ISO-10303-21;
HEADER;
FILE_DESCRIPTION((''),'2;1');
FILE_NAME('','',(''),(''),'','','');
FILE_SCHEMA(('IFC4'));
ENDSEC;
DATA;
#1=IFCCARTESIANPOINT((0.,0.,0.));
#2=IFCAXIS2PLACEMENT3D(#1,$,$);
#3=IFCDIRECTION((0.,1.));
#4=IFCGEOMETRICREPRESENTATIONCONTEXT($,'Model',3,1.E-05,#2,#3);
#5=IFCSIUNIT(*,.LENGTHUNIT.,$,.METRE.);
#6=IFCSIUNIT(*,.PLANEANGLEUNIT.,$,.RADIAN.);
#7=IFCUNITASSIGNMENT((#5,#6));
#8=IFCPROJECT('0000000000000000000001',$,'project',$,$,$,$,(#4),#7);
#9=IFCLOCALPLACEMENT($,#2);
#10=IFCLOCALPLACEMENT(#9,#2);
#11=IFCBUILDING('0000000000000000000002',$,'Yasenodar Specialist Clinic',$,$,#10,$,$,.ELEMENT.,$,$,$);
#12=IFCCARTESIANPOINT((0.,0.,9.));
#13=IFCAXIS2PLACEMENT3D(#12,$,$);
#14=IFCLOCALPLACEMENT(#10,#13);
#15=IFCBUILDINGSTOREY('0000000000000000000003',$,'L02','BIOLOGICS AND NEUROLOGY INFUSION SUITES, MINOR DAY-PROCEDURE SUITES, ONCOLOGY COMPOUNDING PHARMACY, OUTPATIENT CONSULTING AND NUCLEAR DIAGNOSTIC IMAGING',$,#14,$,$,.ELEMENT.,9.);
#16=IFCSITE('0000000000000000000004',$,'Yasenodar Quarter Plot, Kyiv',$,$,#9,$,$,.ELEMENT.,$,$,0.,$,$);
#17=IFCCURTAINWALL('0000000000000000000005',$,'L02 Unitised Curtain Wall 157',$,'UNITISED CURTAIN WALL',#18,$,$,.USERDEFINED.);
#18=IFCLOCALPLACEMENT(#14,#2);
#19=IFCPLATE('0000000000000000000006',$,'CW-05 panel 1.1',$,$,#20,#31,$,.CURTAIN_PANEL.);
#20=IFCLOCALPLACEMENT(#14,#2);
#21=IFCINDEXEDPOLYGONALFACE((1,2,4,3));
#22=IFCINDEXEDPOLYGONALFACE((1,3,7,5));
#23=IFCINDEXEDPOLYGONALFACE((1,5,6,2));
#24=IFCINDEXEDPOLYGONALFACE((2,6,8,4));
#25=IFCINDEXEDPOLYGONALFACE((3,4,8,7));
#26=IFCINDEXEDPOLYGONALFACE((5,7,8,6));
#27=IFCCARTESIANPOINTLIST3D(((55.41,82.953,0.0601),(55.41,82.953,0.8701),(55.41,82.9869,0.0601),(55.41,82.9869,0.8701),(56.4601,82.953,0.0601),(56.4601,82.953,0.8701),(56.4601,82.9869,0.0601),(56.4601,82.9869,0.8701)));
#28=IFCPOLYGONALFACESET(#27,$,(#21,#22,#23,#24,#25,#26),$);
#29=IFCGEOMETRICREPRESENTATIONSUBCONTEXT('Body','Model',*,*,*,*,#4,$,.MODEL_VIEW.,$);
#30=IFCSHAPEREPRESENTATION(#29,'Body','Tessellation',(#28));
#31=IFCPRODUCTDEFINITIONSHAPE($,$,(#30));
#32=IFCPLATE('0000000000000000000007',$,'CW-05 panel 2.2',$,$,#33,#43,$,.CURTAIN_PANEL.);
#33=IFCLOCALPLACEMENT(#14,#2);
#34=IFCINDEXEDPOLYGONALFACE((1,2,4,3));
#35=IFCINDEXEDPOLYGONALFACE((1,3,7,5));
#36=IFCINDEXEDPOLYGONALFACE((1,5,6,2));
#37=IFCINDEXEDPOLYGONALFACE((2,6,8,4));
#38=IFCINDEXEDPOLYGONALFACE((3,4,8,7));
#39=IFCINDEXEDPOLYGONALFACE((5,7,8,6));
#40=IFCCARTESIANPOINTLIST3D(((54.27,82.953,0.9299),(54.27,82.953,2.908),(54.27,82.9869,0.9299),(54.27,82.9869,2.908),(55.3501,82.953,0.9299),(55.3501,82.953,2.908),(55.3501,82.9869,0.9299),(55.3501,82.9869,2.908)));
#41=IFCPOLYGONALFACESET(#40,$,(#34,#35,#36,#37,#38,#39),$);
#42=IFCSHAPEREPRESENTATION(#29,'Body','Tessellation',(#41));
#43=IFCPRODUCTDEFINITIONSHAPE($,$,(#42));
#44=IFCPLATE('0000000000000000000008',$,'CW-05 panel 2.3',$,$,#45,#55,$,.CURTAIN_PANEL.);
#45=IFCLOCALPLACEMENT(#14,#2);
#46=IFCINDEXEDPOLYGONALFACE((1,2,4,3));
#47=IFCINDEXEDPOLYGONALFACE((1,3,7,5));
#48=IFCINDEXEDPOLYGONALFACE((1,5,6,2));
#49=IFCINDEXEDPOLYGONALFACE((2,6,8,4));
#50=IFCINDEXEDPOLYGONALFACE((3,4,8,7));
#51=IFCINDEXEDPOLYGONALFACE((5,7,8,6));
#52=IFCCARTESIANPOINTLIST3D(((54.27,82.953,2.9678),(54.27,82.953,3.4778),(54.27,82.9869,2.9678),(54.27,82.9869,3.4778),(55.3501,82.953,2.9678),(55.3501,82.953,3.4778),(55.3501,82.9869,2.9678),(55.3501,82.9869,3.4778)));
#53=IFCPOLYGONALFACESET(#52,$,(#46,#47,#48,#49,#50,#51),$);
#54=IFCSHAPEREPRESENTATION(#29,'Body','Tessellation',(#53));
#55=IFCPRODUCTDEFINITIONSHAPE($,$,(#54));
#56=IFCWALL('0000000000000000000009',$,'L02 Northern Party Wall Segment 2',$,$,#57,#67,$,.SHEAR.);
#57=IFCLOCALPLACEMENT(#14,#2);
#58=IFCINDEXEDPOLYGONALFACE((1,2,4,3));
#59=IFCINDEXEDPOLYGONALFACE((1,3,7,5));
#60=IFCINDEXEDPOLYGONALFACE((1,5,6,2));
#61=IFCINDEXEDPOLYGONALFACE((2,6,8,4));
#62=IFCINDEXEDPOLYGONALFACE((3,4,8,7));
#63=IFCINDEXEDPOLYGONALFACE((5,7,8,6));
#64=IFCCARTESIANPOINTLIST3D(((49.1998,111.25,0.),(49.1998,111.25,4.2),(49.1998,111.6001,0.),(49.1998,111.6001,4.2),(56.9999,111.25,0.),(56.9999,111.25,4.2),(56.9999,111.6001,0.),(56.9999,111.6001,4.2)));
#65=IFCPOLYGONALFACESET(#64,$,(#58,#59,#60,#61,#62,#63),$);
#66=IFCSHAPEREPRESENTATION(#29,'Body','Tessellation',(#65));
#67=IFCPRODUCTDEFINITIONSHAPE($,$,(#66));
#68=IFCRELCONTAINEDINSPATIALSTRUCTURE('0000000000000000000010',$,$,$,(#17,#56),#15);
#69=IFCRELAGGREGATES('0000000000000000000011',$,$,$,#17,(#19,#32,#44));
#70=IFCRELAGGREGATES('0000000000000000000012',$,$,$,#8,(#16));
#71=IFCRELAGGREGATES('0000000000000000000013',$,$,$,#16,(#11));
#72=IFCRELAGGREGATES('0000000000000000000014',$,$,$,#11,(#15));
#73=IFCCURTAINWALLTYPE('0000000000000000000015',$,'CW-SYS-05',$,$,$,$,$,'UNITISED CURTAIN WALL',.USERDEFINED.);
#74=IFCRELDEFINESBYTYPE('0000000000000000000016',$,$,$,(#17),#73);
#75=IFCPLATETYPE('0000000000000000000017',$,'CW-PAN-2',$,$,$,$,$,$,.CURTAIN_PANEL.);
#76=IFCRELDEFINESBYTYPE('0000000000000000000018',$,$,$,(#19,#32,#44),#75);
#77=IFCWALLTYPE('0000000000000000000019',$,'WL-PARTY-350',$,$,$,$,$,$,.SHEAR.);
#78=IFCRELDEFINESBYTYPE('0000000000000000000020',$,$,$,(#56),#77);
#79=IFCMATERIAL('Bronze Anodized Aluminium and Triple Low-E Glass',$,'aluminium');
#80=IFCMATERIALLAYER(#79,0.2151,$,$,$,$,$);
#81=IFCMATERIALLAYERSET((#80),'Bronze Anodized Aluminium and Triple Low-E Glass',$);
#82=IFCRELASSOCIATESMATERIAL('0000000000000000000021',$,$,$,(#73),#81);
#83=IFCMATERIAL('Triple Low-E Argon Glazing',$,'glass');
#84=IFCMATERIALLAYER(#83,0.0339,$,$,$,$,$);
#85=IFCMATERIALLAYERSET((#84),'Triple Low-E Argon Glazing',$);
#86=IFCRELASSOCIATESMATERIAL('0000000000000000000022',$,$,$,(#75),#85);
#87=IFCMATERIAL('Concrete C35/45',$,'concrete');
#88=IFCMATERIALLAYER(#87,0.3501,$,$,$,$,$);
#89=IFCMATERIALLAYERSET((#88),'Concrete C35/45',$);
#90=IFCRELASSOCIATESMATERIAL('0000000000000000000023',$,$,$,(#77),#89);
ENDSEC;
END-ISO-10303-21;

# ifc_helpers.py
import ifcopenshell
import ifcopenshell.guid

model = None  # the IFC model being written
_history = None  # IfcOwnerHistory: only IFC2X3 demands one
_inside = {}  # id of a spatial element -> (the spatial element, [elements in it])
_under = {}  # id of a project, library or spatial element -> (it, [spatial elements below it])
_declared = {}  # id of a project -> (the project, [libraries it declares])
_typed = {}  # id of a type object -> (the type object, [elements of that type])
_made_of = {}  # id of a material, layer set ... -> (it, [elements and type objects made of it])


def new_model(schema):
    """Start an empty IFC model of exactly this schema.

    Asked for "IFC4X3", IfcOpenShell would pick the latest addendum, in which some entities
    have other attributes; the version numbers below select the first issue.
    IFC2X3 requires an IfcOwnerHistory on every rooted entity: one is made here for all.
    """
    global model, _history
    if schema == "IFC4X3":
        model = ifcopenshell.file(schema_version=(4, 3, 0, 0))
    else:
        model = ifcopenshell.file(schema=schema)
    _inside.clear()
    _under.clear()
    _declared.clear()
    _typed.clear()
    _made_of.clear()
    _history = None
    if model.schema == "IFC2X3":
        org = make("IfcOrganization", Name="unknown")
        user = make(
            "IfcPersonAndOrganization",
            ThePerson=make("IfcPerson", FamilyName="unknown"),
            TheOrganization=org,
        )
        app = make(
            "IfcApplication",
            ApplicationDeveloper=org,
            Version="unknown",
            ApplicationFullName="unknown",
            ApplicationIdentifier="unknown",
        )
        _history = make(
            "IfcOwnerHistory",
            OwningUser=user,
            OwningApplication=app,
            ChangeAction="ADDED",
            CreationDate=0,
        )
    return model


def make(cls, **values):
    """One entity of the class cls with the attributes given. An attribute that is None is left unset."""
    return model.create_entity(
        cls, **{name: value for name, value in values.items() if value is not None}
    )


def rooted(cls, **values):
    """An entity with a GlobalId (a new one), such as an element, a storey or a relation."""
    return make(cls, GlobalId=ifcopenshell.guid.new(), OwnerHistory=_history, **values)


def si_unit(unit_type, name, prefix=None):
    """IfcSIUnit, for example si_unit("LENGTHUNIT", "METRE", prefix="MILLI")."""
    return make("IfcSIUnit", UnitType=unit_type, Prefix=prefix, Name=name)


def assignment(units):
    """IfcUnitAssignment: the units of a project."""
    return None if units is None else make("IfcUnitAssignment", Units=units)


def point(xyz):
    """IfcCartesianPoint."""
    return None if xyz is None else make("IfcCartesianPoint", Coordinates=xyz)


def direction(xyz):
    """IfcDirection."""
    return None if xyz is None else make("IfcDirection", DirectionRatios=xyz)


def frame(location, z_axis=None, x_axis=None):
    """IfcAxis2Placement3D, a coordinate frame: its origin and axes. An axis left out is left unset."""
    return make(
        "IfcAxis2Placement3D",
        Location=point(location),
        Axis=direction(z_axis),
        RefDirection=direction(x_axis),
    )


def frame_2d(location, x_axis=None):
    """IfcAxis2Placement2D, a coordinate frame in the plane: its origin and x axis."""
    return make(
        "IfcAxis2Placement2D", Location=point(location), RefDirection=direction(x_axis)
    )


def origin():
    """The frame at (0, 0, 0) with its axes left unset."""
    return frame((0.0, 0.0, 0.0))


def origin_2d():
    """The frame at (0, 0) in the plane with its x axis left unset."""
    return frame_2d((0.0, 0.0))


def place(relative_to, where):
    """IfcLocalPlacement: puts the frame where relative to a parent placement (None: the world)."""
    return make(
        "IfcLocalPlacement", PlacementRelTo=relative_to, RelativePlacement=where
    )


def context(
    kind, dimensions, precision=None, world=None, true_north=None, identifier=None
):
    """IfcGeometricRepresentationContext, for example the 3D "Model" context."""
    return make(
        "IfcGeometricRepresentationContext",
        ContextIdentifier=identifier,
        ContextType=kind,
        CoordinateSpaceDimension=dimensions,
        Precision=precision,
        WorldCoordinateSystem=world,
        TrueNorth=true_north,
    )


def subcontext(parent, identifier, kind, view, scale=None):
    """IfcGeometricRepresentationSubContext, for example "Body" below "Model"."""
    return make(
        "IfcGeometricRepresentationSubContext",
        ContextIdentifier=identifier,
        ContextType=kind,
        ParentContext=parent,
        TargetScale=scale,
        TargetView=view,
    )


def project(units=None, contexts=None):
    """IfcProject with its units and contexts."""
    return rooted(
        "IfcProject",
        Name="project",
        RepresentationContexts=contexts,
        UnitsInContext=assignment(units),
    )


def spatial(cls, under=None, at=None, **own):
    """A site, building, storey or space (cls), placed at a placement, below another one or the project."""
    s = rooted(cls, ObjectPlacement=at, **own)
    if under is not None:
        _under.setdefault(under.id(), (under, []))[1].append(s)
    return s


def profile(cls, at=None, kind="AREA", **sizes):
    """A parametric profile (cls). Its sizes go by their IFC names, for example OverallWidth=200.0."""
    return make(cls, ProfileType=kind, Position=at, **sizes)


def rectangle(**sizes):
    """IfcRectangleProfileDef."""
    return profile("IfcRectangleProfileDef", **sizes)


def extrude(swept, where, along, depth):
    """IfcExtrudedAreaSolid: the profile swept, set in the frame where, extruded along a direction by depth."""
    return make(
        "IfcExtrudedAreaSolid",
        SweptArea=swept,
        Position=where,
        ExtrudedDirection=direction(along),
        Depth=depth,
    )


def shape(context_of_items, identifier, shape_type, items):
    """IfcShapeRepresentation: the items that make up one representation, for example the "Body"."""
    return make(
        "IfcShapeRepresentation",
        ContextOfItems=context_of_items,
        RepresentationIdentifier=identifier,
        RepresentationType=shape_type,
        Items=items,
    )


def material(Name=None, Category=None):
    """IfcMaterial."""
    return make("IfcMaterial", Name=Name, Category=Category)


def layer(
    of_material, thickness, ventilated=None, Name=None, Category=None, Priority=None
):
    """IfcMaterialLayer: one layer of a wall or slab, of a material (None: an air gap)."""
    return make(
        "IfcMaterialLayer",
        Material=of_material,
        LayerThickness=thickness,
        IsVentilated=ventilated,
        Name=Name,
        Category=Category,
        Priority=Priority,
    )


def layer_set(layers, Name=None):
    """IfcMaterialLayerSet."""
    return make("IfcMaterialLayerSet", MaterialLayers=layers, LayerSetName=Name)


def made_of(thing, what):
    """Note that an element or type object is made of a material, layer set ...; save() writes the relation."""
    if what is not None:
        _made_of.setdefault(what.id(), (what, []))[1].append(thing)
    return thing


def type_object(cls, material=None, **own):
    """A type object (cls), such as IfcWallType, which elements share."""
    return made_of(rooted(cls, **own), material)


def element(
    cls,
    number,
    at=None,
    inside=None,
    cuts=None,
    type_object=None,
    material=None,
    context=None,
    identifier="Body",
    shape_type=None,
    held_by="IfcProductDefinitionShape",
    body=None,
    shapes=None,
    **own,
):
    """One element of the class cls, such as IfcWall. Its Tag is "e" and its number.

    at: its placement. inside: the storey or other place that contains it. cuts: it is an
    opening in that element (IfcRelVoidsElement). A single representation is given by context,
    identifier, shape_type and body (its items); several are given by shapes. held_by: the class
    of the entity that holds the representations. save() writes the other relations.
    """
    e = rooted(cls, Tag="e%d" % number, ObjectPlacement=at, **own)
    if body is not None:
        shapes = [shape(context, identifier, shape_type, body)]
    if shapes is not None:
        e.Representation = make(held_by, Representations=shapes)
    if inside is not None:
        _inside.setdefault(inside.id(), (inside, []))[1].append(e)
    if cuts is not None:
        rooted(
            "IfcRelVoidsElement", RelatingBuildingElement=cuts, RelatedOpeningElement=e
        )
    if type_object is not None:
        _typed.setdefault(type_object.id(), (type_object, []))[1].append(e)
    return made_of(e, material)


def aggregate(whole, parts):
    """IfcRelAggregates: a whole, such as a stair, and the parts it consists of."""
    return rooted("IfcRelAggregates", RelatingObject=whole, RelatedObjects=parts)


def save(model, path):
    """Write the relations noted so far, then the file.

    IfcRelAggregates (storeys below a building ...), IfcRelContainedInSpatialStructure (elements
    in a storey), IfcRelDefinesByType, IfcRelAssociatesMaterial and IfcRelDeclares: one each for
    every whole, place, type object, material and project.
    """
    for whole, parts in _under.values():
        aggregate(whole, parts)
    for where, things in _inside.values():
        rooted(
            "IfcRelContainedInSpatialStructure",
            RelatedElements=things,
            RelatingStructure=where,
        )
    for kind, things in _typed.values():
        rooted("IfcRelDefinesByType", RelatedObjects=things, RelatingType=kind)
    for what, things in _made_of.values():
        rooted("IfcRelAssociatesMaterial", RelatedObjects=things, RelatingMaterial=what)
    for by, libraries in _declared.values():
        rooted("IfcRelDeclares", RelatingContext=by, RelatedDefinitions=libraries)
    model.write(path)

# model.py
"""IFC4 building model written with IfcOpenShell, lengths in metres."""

from ifc_helpers import new_model, si_unit, direction, frame, frame_2d, origin, origin_2d, place, context, subcontext, project, spatial, rectangle, extrude, material, layer, layer_set, type_object, element, aggregate, save


model = new_model("IFC4")

# Units and contexts
model_context = context("Model", 3, precision=1e-05, world=origin(), true_north=direction((0.0, 1.0)))
body_context = subcontext(model_context, "Body", "Model", "MODEL_VIEW")
ifc_project = project(units=[si_unit("LENGTHUNIT", "METRE"), si_unit("PLANEANGLEUNIT", "RADIAN")], contexts=[model_context])

# Site, building, storey
site_placement = place(None, origin())
site = spatial("IfcSite", under=ifc_project, at=site_placement, Name="Yasenodar Quarter Plot, Kyiv", CompositionType="ELEMENT", RefElevation=0.0)
building_placement = place(site_placement, origin())
building = spatial("IfcBuilding", under=site, at=building_placement, Name="Yasenodar Specialist Clinic", CompositionType="ELEMENT")
storey_placement = place(building_placement, frame((0.0, 0.0, 9.0)))
storey = spatial("IfcBuildingStorey", under=building, at=storey_placement, Name="L02", Description="BIOLOGICS AND NEUROLOGY INFUSION SUITES, MINOR DAY-PROCEDURE SUITES, ONCOLOGY COMPOUNDING PHARMACY, OUTPATIENT CONSULTING AND NUCLEAR DIAGNOSTIC IMAGING", CompositionType="ELEMENT", Elevation=9.0)

# Curtain wall
ifc_material_1 = material(Name="Bronze Anodized Aluminium and Triple Low-E Glass", Category="aluminium")
ifc_layer_1 = layer(ifc_material_1, 0.2151)
ifc_layer_set_1 = layer_set([ifc_layer_1], Name="Bronze Anodized Aluminium and Triple Low-E Glass")
curtain_wall_type = type_object("IfcCurtainWallType", Name="CW-SYS-05", ElementType="UNITISED CURTAIN WALL", PredefinedType="USERDEFINED", material=ifc_layer_set_1)
curtain_wall_placement = place(storey_placement, origin())
curtain_wall = element("IfcCurtainWall", 1, at=curtain_wall_placement, inside=storey, type_object=curtain_wall_type, Name="L02 Unitised Curtain Wall 157", ObjectType="UNITISED CURTAIN WALL", PredefinedType="USERDEFINED")

# Plates
ifc_material_2 = material(Name="Triple Low-E Argon Glazing", Category="glass")
ifc_layer_2 = layer(ifc_material_2, 0.0339)
ifc_layer_set_2 = layer_set([ifc_layer_2], Name="Triple Low-E Argon Glazing")
plate_type = type_object("IfcPlateType", Name="CW-PAN-2", PredefinedType="CURTAIN_PANEL", material=ifc_layer_set_2)
plate_1_placement = place(storey_placement, frame((55.9351, 82.97, 0.0601), z_axis=(0.0, 0.0, 1.0), x_axis=(-1.0, 0.0, 0.0)))
plate_1 = element("IfcPlate", 2, at=plate_1_placement, type_object=plate_type, Name="CW-05 panel 1.1", PredefinedType="CURTAIN_PANEL", context=body_context, shape_type="SweptSolid", body=[
    extrude(rectangle(XDim=1.05, YDim=0.0339, at=origin_2d()), origin(), (0.0, 0.0, 1.0), 0.8101),
])
plate_2_placement = place(storey_placement, frame((54.8101, 82.97, 0.9299), z_axis=(0.0, 0.0, 1.0), x_axis=(-1.0, 0.0, 0.0)))
plate_2 = element("IfcPlate", 3, at=plate_2_placement, type_object=plate_type, Name="CW-05 panel 2.2", PredefinedType="CURTAIN_PANEL", context=body_context, shape_type="SweptSolid", body=[
    extrude(rectangle(XDim=1.0801, YDim=0.0339, at=origin_2d()), origin(), (0.0, 0.0, 1.0), 1.978),
])
plate_3_placement = place(storey_placement, frame((54.8101, 82.97, 2.9678), z_axis=(0.0, 0.0, 1.0), x_axis=(-1.0, 0.0, 0.0)))
plate_3 = element("IfcPlate", 4, at=plate_3_placement, type_object=plate_type, Name="CW-05 panel 2.3", PredefinedType="CURTAIN_PANEL", context=body_context, shape_type="SweptSolid", body=[
    extrude(rectangle(XDim=1.0801, YDim=0.0339, at=origin_2d()), origin(), (0.0, 0.0, 1.0), 0.51),
])
aggregate(curtain_wall, [plate_1, plate_2, plate_3])

# Wall
ifc_material_3 = material(Name="Concrete C35/45", Category="concrete")
ifc_layer_3 = layer(ifc_material_3, 0.3501)
ifc_layer_set_3 = layer_set([ifc_layer_3], Name="Concrete C35/45")
wall_type = type_object("IfcWallType", Name="WL-PARTY-350", PredefinedType="SHEAR", material=ifc_layer_set_3)
wall_placement = place(storey_placement, frame((49.2, 111.425, 0.0), z_axis=(0.0, 0.0, 1.0), x_axis=(1.0, 0.0, 0.0)))
element("IfcWall", 5, at=wall_placement, inside=storey, type_object=wall_type, Name="L02 Northern Party Wall Segment 2", PredefinedType="SHEAR", context=body_context, shape_type="SweptSolid", body=[
    extrude(rectangle(XDim=7.8, YDim=0.3501, at=frame_2d((3.8999, 0.0))), origin(), (0.0, 0.0, 1.0), 4.2),
])

save(model, "model.ifc")
